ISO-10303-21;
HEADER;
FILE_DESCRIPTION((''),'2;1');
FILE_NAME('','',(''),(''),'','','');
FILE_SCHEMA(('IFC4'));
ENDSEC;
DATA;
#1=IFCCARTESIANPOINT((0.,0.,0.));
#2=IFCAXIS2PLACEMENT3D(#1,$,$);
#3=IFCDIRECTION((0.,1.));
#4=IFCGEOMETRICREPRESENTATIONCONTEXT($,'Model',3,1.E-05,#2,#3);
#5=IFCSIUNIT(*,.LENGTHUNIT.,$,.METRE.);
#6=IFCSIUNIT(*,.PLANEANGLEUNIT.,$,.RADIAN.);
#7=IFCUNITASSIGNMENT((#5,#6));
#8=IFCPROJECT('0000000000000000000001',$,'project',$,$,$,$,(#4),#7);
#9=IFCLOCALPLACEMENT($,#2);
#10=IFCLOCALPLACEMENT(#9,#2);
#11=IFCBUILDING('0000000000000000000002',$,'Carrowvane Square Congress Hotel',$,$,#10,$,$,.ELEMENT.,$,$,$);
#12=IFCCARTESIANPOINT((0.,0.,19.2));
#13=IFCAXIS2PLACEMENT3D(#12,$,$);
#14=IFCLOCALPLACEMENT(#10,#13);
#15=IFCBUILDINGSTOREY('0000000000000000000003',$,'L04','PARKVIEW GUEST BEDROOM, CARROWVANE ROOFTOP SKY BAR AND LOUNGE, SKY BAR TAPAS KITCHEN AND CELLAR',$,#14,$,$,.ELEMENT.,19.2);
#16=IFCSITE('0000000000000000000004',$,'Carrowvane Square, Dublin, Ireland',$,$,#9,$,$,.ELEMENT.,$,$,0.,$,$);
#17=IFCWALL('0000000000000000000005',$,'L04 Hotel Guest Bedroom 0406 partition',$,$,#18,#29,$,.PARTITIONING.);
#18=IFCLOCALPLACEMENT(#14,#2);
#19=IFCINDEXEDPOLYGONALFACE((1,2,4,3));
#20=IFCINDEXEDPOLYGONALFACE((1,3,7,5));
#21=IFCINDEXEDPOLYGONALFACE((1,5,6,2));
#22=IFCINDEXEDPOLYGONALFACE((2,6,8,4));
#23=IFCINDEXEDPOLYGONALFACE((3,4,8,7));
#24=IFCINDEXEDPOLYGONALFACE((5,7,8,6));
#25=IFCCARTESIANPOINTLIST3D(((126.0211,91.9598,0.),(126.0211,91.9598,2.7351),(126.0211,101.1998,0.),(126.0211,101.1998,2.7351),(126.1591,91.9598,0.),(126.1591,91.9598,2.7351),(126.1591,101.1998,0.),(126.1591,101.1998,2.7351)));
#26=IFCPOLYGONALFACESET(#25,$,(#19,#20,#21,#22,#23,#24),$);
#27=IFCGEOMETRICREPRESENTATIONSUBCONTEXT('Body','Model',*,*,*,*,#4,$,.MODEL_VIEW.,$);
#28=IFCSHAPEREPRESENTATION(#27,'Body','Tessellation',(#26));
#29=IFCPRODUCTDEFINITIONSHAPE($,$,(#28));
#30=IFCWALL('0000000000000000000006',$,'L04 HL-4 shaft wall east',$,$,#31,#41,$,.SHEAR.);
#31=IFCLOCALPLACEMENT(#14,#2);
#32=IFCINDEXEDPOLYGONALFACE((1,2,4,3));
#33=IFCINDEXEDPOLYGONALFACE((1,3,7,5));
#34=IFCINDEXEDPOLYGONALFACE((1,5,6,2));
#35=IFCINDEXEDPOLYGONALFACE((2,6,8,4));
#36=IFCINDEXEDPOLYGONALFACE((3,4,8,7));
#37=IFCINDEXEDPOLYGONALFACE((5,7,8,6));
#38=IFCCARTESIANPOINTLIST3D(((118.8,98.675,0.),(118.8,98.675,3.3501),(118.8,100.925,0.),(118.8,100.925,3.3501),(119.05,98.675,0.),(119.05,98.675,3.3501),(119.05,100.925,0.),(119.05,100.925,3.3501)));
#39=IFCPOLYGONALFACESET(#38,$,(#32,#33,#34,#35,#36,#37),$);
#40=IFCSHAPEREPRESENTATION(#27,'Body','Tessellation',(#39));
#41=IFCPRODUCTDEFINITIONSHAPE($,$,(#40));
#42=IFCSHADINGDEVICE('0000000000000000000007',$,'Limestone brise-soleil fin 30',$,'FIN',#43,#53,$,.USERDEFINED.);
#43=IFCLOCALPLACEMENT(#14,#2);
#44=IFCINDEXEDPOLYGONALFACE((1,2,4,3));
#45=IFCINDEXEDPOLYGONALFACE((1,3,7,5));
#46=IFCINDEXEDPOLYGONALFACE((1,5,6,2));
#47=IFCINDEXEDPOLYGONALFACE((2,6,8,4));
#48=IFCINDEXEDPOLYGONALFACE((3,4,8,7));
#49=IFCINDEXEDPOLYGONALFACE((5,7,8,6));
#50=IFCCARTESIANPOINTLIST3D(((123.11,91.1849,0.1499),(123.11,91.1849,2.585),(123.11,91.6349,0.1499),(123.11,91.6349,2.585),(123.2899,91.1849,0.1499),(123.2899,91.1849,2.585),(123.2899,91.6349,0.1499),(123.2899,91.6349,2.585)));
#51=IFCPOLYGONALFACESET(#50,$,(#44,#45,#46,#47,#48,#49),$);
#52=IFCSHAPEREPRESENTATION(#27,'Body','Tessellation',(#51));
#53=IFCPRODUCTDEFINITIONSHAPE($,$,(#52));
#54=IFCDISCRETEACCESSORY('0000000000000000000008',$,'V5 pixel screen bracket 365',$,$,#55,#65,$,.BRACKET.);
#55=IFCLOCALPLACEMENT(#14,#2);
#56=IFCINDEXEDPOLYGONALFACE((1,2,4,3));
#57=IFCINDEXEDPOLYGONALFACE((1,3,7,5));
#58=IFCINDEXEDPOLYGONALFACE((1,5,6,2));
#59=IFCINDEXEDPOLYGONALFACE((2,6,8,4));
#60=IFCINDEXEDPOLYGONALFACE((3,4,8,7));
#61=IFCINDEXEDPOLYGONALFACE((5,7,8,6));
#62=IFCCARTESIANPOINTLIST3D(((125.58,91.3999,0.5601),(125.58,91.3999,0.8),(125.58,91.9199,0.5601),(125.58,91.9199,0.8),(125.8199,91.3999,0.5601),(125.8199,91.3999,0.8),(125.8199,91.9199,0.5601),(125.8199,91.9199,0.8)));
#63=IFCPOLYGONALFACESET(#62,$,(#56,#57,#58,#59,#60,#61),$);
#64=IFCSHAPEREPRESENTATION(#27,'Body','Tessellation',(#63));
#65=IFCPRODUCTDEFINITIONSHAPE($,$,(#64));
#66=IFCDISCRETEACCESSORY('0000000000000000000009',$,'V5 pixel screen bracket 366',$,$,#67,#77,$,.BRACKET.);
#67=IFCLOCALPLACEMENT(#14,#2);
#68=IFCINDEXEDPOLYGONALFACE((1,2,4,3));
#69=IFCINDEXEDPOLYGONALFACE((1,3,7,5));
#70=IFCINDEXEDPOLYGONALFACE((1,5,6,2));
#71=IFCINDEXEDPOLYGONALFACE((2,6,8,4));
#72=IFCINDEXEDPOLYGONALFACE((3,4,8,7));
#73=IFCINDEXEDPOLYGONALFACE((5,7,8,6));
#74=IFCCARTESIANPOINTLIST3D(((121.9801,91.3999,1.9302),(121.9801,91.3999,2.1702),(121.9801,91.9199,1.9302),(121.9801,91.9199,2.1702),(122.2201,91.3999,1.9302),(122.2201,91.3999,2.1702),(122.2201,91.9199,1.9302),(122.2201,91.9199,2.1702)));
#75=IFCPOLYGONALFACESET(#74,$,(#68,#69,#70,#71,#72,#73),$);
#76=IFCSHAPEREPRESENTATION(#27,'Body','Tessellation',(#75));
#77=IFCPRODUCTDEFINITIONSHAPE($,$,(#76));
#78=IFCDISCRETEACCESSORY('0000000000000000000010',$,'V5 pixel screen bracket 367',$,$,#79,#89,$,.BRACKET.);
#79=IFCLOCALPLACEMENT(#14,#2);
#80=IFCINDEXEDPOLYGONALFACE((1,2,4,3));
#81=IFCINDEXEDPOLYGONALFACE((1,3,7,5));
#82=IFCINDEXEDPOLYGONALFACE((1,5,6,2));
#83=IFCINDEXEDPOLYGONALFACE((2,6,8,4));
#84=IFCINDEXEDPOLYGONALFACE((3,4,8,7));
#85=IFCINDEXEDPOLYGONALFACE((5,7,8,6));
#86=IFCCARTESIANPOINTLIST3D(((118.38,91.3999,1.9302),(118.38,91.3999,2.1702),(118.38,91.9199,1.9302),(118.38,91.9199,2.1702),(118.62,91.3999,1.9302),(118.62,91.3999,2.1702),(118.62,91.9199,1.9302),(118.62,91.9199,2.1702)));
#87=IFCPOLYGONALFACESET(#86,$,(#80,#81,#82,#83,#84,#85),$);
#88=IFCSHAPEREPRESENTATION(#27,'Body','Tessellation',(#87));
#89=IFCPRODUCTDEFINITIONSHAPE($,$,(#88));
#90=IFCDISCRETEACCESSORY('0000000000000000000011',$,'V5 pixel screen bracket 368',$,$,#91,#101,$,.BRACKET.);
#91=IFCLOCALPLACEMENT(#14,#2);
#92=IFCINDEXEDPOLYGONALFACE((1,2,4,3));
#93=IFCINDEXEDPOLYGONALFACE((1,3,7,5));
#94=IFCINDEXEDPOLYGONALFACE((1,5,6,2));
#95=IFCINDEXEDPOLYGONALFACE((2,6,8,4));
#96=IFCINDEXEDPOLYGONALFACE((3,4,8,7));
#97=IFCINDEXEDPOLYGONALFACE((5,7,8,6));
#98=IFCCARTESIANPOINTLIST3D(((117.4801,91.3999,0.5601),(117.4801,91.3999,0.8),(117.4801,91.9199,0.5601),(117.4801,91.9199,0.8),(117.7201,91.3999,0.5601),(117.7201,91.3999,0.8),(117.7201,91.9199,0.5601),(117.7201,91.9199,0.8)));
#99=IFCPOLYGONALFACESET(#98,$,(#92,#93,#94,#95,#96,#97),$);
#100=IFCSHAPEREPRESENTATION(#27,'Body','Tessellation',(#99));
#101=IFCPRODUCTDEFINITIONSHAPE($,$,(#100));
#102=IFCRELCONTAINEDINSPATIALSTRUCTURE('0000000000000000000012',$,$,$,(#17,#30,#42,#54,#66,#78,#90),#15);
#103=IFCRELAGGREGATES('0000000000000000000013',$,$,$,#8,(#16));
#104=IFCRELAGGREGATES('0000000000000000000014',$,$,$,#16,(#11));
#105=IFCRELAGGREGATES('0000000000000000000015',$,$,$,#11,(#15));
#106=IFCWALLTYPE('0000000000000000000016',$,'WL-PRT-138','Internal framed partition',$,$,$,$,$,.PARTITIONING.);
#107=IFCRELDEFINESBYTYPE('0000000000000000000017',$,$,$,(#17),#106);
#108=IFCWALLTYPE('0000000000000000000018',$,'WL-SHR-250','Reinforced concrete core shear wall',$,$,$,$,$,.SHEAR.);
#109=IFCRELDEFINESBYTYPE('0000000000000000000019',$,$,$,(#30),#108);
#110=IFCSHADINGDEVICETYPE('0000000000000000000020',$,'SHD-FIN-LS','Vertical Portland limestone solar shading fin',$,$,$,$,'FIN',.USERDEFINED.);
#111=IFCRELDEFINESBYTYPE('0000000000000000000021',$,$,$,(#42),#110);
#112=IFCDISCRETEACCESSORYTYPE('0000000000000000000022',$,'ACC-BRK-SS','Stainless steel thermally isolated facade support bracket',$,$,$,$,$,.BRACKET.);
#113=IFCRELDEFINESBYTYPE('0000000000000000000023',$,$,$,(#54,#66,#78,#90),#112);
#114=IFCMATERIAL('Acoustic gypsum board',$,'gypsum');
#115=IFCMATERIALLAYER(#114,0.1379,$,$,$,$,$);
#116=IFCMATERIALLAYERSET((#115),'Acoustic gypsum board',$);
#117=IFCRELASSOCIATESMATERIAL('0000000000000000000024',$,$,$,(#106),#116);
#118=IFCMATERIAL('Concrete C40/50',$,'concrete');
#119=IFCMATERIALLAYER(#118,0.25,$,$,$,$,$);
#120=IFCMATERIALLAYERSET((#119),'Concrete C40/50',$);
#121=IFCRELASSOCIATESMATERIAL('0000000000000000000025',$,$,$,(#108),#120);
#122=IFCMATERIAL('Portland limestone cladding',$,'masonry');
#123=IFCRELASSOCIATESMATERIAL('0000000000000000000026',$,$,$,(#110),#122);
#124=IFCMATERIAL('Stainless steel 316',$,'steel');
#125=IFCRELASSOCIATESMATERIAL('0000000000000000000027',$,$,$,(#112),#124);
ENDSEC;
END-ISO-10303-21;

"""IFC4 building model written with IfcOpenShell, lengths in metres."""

from ifc_helpers import new_model, si_unit, direction, frame, frame_2d, origin, origin_2d, place, context, subcontext, project, spatial, rectangle, extrude, material, layer, layer_set, type_object, element, save


model = new_model("IFC4")

# Units and contexts
model_context = context("Model", 3, precision=1e-05, world=origin(), true_north=direction((0.0, 1.0)))
body_context = subcontext(model_context, "Body", "Model", "MODEL_VIEW")
ifc_project = project(units=[si_unit("LENGTHUNIT", "METRE"), si_unit("PLANEANGLEUNIT", "RADIAN")], contexts=[model_context])

# Site, building, storey
site_placement = place(None, origin())
site = spatial("IfcSite", under=ifc_project, at=site_placement, Name="Carrowvane Square, Dublin, Ireland", CompositionType="ELEMENT", RefElevation=0.0)
building_placement = place(site_placement, origin())
building = spatial("IfcBuilding", under=site, at=building_placement, Name="Carrowvane Square Congress Hotel", CompositionType="ELEMENT")
storey_placement = place(building_placement, frame((0.0, 0.0, 19.2)))
storey = spatial("IfcBuildingStorey", under=building, at=storey_placement, Name="L04", Description="PARKVIEW GUEST BEDROOM, CARROWVANE ROOFTOP SKY BAR AND LOUNGE, SKY BAR TAPAS KITCHEN AND CELLAR", CompositionType="ELEMENT", Elevation=19.2)

# Walls
ifc_material_1 = material(Name="Acoustic gypsum board", Category="gypsum")
ifc_layer_1 = layer(ifc_material_1, 0.1379)
ifc_layer_set_1 = layer_set([ifc_layer_1], Name="Acoustic gypsum board")
wall_type_1 = type_object("IfcWallType", Name="WL-PRT-138", Description="Internal framed partition", PredefinedType="PARTITIONING", material=ifc_layer_set_1)
wall_1_placement = place(storey_placement, frame((126.0901, 101.2, 0.0), z_axis=(0.0, 0.0, 1.0), x_axis=(0.0, -1.0, 0.0)))
element("IfcWall", 1, at=wall_1_placement, inside=storey, type_object=wall_type_1, Name="L04 Hotel Guest Bedroom 0406 partition", PredefinedType="PARTITIONING", context=body_context, shape_type="SweptSolid", body=[
    extrude(rectangle(XDim=9.24, YDim=0.1379, at=frame_2d((4.6201, 0.0))), origin(), (0.0, 0.0, 1.0), 2.7351),
])
ifc_material_2 = material(Name="Concrete C40/50", Category="concrete")
ifc_layer_2 = layer(ifc_material_2, 0.25)
ifc_layer_set_2 = layer_set([ifc_layer_2], Name="Concrete C40/50")
wall_type_2 = type_object("IfcWallType", Name="WL-SHR-250", Description="Reinforced concrete core shear wall", PredefinedType="SHEAR", material=ifc_layer_set_2)
wall_2_placement = place(storey_placement, frame((118.925, 98.675, 0.0), z_axis=(0.0, 0.0, 1.0), x_axis=(0.0, 1.0, 0.0)))
element("IfcWall", 2, at=wall_2_placement, inside=storey, type_object=wall_type_2, Name="L04 HL-4 shaft wall east", PredefinedType="SHEAR", context=body_context, shape_type="SweptSolid", body=[
    extrude(rectangle(XDim=2.25, YDim=0.25, at=frame_2d((1.125, 0.0))), origin(), (0.0, 0.0, 1.0), 3.3501),
])

# Shading device
ifc_material_3 = material(Name="Portland limestone cladding", Category="masonry")
shading_device_type = type_object("IfcShadingDeviceType", Name="SHD-FIN-LS", Description="Vertical Portland limestone solar shading fin", ElementType="FIN", PredefinedType="USERDEFINED", material=ifc_material_3)
shading_device_placement = place(storey_placement, frame((123.2, 91.4099, 0.1499), z_axis=(0.0, 0.0, 1.0), x_axis=(-1.0, 0.0, 0.0)))
element("IfcShadingDevice", 3, at=shading_device_placement, inside=storey, type_object=shading_device_type, Name="Limestone brise-soleil fin 30", ObjectType="FIN", PredefinedType="USERDEFINED", context=body_context, shape_type="SweptSolid", body=[
    extrude(rectangle(XDim=0.1799, YDim=0.45, at=origin_2d()), origin(), (0.0, 0.0, 1.0), 2.4351),
])

# Discrete accessories
ifc_material_4 = material(Name="Stainless steel 316", Category="steel")
discrete_accessory_type = type_object("IfcDiscreteAccessoryType", Name="ACC-BRK-SS", Description="Stainless steel thermally isolated facade support bracket", PredefinedType="BRACKET", material=ifc_material_4)
for number, where, z_axis, x_axis, name in (
    (4, (125.7, 91.6599, 0.5601), (0.0, 0.0, 1.0), (-1.0, 0.0, 0.0), "V5 pixel screen bracket 365"),
    (5, (122.1001, 91.6599, 1.9302), (0.0, 0.0, 1.0), (-1.0, 0.0, 0.0), "V5 pixel screen bracket 366"),
    (6, (118.5, 91.6599, 1.9302), (0.0, 0.0, 1.0), (-1.0, 0.0, 0.0), "V5 pixel screen bracket 367"),
    (7, (117.6001, 91.6599, 0.5601), (0.0, 0.0, 1.0), (-1.0, 0.0, 0.0), "V5 pixel screen bracket 368"),
):
    element("IfcDiscreteAccessory", number, at=place(storey_placement, frame(where, z_axis=z_axis, x_axis=x_axis)), inside=storey, type_object=discrete_accessory_type, Name=name, PredefinedType="BRACKET", context=body_context, shape_type="SweptSolid", body=[
        extrude(rectangle(XDim=0.24, YDim=0.52, at=origin_2d()), origin(), (0.0, 0.0, 1.0), 0.24),
    ])

save(model, "model.ifc")
